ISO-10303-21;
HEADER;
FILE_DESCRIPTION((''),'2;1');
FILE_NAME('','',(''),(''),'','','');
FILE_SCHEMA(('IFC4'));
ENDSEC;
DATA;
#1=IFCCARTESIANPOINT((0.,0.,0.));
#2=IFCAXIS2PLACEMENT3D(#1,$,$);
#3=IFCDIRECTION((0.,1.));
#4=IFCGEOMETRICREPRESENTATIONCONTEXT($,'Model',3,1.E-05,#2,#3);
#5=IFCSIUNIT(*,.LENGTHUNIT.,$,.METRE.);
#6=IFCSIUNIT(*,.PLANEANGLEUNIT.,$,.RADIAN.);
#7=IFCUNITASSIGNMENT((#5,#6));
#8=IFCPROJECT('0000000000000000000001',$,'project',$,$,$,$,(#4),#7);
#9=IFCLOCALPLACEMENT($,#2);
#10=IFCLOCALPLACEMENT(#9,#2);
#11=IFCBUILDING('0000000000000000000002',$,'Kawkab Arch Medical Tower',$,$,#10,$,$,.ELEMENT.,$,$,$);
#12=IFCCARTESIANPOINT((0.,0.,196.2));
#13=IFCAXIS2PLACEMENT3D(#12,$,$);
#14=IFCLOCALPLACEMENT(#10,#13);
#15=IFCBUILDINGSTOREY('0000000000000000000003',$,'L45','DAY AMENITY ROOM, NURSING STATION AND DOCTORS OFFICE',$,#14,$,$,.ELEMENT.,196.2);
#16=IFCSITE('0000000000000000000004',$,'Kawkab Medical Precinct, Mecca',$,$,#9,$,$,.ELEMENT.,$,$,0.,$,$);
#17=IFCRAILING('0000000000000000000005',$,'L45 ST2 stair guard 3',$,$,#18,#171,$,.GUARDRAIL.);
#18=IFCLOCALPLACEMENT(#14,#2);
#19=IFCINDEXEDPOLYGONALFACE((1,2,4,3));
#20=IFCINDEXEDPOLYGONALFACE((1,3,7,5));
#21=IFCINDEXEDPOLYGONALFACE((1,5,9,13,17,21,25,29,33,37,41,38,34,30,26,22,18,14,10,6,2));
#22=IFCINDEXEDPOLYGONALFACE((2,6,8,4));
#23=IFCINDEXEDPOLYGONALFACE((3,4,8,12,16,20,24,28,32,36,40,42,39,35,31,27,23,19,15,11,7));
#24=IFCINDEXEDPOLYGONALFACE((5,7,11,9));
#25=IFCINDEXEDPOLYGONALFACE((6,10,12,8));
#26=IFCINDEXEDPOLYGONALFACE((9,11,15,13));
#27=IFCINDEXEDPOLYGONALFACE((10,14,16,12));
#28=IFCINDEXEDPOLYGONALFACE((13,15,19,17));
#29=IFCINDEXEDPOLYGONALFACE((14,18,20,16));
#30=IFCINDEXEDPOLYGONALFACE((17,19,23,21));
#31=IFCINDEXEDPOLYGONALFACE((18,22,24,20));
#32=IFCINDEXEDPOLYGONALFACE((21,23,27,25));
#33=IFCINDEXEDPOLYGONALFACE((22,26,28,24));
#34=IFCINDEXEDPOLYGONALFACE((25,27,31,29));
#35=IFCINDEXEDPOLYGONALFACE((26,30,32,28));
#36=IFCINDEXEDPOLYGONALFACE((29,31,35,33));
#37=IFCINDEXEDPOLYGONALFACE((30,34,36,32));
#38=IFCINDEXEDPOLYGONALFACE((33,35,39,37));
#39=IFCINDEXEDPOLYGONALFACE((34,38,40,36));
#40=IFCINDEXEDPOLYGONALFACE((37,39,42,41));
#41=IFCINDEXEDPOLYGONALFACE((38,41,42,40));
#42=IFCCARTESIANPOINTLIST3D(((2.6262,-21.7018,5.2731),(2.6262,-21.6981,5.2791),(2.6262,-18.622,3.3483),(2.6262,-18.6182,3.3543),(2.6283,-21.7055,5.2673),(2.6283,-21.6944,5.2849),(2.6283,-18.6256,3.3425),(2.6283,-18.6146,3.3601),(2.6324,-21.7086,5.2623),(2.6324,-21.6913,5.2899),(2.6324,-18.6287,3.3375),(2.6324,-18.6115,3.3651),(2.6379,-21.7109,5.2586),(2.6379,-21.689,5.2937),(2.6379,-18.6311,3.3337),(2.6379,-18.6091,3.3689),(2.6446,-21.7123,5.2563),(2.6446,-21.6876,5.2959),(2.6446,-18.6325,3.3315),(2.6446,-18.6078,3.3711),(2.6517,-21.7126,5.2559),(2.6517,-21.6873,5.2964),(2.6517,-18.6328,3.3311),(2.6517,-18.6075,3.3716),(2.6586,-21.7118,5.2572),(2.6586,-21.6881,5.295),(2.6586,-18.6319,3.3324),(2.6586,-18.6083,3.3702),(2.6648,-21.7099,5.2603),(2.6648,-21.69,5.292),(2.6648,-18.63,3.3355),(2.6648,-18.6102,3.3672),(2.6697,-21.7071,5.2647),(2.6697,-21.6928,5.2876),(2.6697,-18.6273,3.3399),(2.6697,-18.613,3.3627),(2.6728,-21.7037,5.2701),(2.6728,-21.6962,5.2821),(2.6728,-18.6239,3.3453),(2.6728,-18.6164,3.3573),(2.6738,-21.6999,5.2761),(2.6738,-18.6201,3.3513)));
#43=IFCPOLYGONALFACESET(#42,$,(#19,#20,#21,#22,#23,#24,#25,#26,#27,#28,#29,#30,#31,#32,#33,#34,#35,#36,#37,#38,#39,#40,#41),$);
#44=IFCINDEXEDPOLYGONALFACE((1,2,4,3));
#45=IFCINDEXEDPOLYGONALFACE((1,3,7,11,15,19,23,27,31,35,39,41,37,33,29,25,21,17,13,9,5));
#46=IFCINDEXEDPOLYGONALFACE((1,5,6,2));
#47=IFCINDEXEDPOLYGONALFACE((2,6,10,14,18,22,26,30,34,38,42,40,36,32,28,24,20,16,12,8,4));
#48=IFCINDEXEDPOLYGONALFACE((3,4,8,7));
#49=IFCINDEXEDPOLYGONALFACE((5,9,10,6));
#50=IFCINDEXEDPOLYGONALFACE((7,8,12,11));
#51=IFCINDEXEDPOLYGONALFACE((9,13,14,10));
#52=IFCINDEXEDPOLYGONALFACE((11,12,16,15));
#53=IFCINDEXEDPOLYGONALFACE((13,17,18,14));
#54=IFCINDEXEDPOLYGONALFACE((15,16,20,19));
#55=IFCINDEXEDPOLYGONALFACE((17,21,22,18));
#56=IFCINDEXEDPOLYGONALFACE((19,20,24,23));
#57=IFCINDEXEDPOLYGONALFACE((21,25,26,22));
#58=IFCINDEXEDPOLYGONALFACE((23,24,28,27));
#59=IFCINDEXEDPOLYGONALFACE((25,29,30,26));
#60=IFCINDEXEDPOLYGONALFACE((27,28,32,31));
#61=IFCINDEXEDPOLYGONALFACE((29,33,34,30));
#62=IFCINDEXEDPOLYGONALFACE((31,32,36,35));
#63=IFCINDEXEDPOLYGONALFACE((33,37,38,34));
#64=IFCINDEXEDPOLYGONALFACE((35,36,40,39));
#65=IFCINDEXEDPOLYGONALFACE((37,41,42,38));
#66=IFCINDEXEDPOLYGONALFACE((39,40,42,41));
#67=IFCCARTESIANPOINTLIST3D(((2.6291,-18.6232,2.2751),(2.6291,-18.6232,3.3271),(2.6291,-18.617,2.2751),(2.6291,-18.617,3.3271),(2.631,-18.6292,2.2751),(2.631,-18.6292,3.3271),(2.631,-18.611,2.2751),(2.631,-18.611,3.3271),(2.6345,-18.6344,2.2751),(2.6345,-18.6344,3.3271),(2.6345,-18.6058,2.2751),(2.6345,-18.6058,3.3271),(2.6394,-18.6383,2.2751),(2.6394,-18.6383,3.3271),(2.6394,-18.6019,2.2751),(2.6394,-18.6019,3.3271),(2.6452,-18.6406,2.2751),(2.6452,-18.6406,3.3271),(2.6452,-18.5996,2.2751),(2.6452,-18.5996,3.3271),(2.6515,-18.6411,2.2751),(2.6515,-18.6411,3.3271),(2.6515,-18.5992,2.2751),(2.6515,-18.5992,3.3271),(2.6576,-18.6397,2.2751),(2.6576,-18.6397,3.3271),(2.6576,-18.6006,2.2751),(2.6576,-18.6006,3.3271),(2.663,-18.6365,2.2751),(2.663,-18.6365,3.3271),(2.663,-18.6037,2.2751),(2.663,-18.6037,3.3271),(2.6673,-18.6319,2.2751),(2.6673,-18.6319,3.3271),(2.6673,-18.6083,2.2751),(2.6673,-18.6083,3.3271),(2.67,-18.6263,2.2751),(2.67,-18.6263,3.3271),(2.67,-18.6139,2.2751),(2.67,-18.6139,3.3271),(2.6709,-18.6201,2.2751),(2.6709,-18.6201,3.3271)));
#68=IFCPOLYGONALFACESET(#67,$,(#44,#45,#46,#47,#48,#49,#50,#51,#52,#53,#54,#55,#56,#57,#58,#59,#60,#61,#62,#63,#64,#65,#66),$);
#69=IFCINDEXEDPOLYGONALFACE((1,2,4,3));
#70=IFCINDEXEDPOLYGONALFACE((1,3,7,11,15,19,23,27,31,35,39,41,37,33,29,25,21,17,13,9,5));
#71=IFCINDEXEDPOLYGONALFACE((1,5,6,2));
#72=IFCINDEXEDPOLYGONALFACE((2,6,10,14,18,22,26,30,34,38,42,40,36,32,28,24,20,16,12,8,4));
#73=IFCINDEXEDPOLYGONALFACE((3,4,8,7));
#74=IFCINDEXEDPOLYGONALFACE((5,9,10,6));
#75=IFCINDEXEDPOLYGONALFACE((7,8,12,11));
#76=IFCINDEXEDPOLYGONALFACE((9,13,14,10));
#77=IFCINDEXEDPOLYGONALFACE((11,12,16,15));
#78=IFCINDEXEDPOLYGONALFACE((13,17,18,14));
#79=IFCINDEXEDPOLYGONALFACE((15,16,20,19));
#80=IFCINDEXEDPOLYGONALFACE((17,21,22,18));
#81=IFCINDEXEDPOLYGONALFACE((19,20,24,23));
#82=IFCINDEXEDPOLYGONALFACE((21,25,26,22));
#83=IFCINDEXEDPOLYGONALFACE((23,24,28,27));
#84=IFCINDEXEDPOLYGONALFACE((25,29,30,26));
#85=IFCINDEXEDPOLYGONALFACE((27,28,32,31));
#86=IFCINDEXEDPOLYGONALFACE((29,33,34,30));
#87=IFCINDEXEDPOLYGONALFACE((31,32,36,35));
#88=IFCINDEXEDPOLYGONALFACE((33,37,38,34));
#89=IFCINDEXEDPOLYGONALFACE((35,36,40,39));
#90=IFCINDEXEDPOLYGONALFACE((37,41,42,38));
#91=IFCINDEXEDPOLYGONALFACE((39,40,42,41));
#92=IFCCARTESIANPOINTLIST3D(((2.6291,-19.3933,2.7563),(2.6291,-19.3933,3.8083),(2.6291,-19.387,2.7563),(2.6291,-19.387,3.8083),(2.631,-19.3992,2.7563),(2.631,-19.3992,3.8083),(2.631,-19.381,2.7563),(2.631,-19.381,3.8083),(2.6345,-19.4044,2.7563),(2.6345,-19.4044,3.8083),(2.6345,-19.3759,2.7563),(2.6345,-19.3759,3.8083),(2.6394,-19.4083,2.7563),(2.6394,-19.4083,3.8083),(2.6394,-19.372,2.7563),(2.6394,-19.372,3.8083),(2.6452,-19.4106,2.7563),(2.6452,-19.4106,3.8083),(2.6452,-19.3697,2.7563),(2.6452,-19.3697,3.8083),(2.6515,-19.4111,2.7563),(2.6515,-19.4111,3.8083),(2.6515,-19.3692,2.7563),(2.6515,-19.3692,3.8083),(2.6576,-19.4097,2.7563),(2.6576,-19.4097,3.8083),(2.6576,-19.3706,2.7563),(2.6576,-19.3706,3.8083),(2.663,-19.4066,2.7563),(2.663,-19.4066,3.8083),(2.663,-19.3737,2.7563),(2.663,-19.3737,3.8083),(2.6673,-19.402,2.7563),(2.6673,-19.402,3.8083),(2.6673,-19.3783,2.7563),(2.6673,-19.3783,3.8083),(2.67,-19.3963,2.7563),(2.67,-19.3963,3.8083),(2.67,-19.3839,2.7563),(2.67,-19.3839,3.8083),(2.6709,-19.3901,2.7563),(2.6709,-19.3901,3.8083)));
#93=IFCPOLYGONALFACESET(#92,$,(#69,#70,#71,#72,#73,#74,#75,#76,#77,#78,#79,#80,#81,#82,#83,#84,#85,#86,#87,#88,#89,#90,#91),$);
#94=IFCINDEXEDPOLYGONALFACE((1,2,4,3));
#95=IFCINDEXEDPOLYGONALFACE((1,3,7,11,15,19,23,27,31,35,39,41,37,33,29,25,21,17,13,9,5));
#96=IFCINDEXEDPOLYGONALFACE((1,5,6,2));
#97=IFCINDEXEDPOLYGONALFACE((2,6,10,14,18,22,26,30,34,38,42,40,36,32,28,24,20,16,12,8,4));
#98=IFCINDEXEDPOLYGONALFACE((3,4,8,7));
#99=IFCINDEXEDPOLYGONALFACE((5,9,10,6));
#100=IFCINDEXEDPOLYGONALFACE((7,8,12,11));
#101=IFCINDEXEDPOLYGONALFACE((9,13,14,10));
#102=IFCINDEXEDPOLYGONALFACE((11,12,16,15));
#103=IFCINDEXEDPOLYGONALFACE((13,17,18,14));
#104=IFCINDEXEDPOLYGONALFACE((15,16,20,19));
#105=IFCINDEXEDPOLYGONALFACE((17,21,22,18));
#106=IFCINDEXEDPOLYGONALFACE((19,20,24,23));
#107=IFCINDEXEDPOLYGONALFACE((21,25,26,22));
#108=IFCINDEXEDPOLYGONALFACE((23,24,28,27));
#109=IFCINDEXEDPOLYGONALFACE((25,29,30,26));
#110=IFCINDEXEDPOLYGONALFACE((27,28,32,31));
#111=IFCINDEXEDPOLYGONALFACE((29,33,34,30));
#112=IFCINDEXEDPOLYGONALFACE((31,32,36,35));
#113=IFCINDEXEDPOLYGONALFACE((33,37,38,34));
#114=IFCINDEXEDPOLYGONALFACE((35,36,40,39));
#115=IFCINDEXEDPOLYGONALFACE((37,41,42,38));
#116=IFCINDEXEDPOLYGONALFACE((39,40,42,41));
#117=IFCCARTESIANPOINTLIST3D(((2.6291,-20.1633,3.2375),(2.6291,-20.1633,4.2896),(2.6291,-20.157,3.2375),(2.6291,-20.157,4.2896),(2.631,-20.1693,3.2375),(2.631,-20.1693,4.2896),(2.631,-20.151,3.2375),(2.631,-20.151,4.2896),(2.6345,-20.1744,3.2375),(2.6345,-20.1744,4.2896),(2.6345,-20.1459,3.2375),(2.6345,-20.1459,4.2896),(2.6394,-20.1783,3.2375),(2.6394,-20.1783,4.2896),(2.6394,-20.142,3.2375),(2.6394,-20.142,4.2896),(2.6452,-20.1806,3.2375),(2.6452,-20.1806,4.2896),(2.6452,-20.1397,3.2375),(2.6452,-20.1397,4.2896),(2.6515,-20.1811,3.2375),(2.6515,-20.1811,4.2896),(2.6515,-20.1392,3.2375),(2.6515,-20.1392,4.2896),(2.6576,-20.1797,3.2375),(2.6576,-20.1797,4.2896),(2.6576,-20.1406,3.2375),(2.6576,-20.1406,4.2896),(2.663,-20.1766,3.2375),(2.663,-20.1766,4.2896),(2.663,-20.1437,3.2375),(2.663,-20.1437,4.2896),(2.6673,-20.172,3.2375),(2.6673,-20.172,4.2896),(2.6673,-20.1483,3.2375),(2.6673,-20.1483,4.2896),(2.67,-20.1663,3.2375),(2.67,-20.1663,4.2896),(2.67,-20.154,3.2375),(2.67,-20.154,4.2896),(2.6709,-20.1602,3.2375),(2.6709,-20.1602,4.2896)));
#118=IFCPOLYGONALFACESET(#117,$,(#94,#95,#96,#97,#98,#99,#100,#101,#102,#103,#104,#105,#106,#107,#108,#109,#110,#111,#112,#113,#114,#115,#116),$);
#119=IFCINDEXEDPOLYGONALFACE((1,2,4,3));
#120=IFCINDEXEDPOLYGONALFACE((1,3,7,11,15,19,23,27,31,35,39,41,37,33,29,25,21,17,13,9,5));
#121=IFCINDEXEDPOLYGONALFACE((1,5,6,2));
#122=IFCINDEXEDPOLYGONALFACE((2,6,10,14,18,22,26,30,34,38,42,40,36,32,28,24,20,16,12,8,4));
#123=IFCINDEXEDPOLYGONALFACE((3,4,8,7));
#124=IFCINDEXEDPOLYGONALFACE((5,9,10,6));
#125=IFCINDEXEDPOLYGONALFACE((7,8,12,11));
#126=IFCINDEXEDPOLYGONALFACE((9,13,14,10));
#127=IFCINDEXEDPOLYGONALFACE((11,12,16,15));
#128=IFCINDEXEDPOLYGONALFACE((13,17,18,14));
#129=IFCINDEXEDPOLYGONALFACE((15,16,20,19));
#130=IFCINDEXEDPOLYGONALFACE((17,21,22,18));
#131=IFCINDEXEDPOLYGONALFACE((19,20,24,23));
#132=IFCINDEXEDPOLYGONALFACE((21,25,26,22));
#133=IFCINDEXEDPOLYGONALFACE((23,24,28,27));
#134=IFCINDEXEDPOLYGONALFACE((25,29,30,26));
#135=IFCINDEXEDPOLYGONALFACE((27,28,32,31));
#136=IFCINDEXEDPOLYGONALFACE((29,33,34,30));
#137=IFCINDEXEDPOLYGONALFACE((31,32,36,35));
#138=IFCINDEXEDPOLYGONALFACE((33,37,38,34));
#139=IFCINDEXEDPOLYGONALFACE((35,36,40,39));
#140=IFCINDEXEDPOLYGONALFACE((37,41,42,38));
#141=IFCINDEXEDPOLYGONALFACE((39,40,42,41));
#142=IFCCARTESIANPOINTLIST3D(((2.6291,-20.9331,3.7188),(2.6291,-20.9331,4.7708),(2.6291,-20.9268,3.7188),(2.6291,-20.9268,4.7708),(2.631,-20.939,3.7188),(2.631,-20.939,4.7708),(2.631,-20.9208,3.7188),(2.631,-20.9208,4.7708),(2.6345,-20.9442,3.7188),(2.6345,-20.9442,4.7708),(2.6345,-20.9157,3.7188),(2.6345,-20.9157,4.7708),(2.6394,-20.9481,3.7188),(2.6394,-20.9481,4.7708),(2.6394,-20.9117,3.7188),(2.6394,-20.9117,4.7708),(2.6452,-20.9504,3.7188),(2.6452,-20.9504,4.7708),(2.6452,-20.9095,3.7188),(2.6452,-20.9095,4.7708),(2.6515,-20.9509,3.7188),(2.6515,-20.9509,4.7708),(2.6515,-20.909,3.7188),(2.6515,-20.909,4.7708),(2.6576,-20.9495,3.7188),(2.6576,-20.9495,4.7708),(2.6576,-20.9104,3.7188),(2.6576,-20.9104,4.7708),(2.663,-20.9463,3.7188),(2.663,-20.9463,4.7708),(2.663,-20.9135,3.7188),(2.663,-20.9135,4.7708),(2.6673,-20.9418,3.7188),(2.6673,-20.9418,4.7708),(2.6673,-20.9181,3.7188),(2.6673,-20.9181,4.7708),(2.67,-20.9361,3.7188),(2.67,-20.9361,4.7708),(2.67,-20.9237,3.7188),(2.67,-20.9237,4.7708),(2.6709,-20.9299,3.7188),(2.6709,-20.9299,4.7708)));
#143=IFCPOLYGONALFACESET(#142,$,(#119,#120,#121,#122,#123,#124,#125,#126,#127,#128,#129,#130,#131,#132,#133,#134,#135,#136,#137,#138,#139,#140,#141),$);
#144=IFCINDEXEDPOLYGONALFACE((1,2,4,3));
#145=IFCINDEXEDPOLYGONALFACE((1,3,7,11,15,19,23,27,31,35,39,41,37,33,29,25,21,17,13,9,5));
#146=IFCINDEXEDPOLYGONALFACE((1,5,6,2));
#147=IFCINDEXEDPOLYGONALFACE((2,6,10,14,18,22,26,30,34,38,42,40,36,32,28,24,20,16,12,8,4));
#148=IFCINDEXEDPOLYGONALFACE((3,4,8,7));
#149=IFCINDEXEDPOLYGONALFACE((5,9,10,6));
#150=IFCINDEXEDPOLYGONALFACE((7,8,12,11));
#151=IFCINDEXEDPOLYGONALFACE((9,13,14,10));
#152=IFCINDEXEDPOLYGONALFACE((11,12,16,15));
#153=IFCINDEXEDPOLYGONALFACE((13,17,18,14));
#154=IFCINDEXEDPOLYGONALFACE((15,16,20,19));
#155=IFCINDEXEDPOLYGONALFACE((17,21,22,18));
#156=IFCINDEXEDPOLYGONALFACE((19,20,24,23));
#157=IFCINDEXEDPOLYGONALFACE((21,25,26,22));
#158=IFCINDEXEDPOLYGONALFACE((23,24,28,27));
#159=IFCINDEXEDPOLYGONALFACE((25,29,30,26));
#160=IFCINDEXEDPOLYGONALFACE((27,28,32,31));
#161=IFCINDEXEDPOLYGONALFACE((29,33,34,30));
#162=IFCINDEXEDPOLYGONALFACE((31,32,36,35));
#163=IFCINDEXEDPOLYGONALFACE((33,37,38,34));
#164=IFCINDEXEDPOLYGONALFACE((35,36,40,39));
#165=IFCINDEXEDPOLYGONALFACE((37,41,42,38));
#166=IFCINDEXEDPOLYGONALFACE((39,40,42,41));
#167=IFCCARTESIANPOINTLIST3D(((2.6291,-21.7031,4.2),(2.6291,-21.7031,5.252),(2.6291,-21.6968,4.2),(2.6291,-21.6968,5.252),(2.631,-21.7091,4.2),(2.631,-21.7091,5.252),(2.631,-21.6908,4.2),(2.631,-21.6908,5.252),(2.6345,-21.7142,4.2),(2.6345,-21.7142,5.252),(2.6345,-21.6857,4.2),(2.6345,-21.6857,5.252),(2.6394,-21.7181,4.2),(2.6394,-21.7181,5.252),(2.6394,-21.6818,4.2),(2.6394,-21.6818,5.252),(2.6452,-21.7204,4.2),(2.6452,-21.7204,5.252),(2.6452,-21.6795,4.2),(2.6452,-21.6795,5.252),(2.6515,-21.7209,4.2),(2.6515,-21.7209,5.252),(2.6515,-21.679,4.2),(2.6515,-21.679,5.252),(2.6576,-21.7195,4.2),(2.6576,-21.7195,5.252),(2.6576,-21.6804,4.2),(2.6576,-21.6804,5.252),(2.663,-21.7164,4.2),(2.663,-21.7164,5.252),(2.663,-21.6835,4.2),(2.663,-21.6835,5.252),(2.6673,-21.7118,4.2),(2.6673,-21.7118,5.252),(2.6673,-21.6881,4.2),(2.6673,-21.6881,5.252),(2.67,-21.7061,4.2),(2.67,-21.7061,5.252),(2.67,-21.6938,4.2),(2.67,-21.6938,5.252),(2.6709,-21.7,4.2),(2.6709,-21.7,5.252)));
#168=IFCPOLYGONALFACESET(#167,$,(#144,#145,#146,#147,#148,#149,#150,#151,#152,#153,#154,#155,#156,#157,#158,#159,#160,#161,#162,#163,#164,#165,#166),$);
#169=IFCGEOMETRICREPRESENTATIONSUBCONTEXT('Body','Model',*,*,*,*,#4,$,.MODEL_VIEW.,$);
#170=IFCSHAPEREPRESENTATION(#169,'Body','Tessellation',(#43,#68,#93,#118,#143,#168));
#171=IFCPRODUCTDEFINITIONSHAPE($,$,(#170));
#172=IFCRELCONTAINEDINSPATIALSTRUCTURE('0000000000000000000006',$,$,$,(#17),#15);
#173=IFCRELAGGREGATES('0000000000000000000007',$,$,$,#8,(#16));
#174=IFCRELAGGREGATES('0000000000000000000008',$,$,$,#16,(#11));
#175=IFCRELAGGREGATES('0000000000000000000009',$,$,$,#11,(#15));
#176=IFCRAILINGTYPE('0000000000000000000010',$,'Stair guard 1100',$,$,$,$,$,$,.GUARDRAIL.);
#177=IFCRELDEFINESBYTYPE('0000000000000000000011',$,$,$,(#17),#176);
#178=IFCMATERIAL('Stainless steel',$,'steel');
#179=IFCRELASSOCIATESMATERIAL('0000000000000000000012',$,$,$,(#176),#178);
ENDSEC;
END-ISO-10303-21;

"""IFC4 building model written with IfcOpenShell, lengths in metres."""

from ifc_helpers import new_model, si_unit, direction, frame, origin, origin_2d, place, context, subcontext, project, spatial, circle, extrude, material, type_object, element, save


model = new_model("IFC4")

# Units and contexts
model_context = context("Model", 3, precision=1e-05, world=origin(), true_north=direction((0.0, 1.0)))
body_context = subcontext(model_context, "Body", "Model", "MODEL_VIEW")
ifc_project = project(units=[si_unit("LENGTHUNIT", "METRE"), si_unit("PLANEANGLEUNIT", "RADIAN")], contexts=[model_context])

# Site, building, storey
site_placement = place(None, origin())
site = spatial("IfcSite", under=ifc_project, at=site_placement, Name="Kawkab Medical Precinct, Mecca", CompositionType="ELEMENT", RefElevation=0.0)
building_placement = place(site_placement, origin())
building = spatial("IfcBuilding", under=site, at=building_placement, Name="Kawkab Arch Medical Tower", CompositionType="ELEMENT")
storey_placement = place(building_placement, frame((0.0, 0.0, 196.2)))
storey = spatial("IfcBuildingStorey", under=building, at=storey_placement, Name="L45", Description="DAY AMENITY ROOM, NURSING STATION AND DOCTORS OFFICE", CompositionType="ELEMENT", Elevation=196.2)

# Railing
ifc_material_1 = material(Name="Stainless steel", Category="steel")
railing_type_1 = type_object("IfcRailingType", Name="Stair guard 1100", PredefinedType="GUARDRAIL", material=ifc_material_1)
railing_1_placement = place(storey_placement, frame((2.6499, -18.6201, 2.2751)))
element("IfcRailing", 1, at=railing_1_placement, inside=storey, type_object=railing_type_1, Name="L45 ST2 stair guard 3", PredefinedType="GUARDRAIL", context=body_context, shape_type="SweptSolid", body=[
    extrude(circle(Radius=0.0239, at=origin_2d()), frame((0.0, 0.0, 1.0762), z_axis=(0.0, -0.84801, 0.529981), x_axis=(1.0, 0.0, 0.0)), (0.0, 0.0, 1.0), 3.6318),
    extrude(circle(Radius=0.021, at=origin_2d()), origin(), (0.0, 0.0, 1.0), 1.052),
    extrude(circle(Radius=0.021, at=origin_2d()), frame((0.0, -0.77, 0.4812)), (0.0, 0.0, 1.0), 1.052),
    extrude(circle(Radius=0.021, at=origin_2d()), frame((0.0, -1.54, 0.9624)), (0.0, 0.0, 1.0), 1.052),
    extrude(circle(Radius=0.021, at=origin_2d()), frame((0.0, -2.3098, 1.4436)), (0.0, 0.0, 1.0), 1.052),
    extrude(circle(Radius=0.021, at=origin_2d()), frame((0.0, -3.0798, 1.9248)), (0.0, 0.0, 1.0), 1.052),
])

save(model, "model.ifc")
